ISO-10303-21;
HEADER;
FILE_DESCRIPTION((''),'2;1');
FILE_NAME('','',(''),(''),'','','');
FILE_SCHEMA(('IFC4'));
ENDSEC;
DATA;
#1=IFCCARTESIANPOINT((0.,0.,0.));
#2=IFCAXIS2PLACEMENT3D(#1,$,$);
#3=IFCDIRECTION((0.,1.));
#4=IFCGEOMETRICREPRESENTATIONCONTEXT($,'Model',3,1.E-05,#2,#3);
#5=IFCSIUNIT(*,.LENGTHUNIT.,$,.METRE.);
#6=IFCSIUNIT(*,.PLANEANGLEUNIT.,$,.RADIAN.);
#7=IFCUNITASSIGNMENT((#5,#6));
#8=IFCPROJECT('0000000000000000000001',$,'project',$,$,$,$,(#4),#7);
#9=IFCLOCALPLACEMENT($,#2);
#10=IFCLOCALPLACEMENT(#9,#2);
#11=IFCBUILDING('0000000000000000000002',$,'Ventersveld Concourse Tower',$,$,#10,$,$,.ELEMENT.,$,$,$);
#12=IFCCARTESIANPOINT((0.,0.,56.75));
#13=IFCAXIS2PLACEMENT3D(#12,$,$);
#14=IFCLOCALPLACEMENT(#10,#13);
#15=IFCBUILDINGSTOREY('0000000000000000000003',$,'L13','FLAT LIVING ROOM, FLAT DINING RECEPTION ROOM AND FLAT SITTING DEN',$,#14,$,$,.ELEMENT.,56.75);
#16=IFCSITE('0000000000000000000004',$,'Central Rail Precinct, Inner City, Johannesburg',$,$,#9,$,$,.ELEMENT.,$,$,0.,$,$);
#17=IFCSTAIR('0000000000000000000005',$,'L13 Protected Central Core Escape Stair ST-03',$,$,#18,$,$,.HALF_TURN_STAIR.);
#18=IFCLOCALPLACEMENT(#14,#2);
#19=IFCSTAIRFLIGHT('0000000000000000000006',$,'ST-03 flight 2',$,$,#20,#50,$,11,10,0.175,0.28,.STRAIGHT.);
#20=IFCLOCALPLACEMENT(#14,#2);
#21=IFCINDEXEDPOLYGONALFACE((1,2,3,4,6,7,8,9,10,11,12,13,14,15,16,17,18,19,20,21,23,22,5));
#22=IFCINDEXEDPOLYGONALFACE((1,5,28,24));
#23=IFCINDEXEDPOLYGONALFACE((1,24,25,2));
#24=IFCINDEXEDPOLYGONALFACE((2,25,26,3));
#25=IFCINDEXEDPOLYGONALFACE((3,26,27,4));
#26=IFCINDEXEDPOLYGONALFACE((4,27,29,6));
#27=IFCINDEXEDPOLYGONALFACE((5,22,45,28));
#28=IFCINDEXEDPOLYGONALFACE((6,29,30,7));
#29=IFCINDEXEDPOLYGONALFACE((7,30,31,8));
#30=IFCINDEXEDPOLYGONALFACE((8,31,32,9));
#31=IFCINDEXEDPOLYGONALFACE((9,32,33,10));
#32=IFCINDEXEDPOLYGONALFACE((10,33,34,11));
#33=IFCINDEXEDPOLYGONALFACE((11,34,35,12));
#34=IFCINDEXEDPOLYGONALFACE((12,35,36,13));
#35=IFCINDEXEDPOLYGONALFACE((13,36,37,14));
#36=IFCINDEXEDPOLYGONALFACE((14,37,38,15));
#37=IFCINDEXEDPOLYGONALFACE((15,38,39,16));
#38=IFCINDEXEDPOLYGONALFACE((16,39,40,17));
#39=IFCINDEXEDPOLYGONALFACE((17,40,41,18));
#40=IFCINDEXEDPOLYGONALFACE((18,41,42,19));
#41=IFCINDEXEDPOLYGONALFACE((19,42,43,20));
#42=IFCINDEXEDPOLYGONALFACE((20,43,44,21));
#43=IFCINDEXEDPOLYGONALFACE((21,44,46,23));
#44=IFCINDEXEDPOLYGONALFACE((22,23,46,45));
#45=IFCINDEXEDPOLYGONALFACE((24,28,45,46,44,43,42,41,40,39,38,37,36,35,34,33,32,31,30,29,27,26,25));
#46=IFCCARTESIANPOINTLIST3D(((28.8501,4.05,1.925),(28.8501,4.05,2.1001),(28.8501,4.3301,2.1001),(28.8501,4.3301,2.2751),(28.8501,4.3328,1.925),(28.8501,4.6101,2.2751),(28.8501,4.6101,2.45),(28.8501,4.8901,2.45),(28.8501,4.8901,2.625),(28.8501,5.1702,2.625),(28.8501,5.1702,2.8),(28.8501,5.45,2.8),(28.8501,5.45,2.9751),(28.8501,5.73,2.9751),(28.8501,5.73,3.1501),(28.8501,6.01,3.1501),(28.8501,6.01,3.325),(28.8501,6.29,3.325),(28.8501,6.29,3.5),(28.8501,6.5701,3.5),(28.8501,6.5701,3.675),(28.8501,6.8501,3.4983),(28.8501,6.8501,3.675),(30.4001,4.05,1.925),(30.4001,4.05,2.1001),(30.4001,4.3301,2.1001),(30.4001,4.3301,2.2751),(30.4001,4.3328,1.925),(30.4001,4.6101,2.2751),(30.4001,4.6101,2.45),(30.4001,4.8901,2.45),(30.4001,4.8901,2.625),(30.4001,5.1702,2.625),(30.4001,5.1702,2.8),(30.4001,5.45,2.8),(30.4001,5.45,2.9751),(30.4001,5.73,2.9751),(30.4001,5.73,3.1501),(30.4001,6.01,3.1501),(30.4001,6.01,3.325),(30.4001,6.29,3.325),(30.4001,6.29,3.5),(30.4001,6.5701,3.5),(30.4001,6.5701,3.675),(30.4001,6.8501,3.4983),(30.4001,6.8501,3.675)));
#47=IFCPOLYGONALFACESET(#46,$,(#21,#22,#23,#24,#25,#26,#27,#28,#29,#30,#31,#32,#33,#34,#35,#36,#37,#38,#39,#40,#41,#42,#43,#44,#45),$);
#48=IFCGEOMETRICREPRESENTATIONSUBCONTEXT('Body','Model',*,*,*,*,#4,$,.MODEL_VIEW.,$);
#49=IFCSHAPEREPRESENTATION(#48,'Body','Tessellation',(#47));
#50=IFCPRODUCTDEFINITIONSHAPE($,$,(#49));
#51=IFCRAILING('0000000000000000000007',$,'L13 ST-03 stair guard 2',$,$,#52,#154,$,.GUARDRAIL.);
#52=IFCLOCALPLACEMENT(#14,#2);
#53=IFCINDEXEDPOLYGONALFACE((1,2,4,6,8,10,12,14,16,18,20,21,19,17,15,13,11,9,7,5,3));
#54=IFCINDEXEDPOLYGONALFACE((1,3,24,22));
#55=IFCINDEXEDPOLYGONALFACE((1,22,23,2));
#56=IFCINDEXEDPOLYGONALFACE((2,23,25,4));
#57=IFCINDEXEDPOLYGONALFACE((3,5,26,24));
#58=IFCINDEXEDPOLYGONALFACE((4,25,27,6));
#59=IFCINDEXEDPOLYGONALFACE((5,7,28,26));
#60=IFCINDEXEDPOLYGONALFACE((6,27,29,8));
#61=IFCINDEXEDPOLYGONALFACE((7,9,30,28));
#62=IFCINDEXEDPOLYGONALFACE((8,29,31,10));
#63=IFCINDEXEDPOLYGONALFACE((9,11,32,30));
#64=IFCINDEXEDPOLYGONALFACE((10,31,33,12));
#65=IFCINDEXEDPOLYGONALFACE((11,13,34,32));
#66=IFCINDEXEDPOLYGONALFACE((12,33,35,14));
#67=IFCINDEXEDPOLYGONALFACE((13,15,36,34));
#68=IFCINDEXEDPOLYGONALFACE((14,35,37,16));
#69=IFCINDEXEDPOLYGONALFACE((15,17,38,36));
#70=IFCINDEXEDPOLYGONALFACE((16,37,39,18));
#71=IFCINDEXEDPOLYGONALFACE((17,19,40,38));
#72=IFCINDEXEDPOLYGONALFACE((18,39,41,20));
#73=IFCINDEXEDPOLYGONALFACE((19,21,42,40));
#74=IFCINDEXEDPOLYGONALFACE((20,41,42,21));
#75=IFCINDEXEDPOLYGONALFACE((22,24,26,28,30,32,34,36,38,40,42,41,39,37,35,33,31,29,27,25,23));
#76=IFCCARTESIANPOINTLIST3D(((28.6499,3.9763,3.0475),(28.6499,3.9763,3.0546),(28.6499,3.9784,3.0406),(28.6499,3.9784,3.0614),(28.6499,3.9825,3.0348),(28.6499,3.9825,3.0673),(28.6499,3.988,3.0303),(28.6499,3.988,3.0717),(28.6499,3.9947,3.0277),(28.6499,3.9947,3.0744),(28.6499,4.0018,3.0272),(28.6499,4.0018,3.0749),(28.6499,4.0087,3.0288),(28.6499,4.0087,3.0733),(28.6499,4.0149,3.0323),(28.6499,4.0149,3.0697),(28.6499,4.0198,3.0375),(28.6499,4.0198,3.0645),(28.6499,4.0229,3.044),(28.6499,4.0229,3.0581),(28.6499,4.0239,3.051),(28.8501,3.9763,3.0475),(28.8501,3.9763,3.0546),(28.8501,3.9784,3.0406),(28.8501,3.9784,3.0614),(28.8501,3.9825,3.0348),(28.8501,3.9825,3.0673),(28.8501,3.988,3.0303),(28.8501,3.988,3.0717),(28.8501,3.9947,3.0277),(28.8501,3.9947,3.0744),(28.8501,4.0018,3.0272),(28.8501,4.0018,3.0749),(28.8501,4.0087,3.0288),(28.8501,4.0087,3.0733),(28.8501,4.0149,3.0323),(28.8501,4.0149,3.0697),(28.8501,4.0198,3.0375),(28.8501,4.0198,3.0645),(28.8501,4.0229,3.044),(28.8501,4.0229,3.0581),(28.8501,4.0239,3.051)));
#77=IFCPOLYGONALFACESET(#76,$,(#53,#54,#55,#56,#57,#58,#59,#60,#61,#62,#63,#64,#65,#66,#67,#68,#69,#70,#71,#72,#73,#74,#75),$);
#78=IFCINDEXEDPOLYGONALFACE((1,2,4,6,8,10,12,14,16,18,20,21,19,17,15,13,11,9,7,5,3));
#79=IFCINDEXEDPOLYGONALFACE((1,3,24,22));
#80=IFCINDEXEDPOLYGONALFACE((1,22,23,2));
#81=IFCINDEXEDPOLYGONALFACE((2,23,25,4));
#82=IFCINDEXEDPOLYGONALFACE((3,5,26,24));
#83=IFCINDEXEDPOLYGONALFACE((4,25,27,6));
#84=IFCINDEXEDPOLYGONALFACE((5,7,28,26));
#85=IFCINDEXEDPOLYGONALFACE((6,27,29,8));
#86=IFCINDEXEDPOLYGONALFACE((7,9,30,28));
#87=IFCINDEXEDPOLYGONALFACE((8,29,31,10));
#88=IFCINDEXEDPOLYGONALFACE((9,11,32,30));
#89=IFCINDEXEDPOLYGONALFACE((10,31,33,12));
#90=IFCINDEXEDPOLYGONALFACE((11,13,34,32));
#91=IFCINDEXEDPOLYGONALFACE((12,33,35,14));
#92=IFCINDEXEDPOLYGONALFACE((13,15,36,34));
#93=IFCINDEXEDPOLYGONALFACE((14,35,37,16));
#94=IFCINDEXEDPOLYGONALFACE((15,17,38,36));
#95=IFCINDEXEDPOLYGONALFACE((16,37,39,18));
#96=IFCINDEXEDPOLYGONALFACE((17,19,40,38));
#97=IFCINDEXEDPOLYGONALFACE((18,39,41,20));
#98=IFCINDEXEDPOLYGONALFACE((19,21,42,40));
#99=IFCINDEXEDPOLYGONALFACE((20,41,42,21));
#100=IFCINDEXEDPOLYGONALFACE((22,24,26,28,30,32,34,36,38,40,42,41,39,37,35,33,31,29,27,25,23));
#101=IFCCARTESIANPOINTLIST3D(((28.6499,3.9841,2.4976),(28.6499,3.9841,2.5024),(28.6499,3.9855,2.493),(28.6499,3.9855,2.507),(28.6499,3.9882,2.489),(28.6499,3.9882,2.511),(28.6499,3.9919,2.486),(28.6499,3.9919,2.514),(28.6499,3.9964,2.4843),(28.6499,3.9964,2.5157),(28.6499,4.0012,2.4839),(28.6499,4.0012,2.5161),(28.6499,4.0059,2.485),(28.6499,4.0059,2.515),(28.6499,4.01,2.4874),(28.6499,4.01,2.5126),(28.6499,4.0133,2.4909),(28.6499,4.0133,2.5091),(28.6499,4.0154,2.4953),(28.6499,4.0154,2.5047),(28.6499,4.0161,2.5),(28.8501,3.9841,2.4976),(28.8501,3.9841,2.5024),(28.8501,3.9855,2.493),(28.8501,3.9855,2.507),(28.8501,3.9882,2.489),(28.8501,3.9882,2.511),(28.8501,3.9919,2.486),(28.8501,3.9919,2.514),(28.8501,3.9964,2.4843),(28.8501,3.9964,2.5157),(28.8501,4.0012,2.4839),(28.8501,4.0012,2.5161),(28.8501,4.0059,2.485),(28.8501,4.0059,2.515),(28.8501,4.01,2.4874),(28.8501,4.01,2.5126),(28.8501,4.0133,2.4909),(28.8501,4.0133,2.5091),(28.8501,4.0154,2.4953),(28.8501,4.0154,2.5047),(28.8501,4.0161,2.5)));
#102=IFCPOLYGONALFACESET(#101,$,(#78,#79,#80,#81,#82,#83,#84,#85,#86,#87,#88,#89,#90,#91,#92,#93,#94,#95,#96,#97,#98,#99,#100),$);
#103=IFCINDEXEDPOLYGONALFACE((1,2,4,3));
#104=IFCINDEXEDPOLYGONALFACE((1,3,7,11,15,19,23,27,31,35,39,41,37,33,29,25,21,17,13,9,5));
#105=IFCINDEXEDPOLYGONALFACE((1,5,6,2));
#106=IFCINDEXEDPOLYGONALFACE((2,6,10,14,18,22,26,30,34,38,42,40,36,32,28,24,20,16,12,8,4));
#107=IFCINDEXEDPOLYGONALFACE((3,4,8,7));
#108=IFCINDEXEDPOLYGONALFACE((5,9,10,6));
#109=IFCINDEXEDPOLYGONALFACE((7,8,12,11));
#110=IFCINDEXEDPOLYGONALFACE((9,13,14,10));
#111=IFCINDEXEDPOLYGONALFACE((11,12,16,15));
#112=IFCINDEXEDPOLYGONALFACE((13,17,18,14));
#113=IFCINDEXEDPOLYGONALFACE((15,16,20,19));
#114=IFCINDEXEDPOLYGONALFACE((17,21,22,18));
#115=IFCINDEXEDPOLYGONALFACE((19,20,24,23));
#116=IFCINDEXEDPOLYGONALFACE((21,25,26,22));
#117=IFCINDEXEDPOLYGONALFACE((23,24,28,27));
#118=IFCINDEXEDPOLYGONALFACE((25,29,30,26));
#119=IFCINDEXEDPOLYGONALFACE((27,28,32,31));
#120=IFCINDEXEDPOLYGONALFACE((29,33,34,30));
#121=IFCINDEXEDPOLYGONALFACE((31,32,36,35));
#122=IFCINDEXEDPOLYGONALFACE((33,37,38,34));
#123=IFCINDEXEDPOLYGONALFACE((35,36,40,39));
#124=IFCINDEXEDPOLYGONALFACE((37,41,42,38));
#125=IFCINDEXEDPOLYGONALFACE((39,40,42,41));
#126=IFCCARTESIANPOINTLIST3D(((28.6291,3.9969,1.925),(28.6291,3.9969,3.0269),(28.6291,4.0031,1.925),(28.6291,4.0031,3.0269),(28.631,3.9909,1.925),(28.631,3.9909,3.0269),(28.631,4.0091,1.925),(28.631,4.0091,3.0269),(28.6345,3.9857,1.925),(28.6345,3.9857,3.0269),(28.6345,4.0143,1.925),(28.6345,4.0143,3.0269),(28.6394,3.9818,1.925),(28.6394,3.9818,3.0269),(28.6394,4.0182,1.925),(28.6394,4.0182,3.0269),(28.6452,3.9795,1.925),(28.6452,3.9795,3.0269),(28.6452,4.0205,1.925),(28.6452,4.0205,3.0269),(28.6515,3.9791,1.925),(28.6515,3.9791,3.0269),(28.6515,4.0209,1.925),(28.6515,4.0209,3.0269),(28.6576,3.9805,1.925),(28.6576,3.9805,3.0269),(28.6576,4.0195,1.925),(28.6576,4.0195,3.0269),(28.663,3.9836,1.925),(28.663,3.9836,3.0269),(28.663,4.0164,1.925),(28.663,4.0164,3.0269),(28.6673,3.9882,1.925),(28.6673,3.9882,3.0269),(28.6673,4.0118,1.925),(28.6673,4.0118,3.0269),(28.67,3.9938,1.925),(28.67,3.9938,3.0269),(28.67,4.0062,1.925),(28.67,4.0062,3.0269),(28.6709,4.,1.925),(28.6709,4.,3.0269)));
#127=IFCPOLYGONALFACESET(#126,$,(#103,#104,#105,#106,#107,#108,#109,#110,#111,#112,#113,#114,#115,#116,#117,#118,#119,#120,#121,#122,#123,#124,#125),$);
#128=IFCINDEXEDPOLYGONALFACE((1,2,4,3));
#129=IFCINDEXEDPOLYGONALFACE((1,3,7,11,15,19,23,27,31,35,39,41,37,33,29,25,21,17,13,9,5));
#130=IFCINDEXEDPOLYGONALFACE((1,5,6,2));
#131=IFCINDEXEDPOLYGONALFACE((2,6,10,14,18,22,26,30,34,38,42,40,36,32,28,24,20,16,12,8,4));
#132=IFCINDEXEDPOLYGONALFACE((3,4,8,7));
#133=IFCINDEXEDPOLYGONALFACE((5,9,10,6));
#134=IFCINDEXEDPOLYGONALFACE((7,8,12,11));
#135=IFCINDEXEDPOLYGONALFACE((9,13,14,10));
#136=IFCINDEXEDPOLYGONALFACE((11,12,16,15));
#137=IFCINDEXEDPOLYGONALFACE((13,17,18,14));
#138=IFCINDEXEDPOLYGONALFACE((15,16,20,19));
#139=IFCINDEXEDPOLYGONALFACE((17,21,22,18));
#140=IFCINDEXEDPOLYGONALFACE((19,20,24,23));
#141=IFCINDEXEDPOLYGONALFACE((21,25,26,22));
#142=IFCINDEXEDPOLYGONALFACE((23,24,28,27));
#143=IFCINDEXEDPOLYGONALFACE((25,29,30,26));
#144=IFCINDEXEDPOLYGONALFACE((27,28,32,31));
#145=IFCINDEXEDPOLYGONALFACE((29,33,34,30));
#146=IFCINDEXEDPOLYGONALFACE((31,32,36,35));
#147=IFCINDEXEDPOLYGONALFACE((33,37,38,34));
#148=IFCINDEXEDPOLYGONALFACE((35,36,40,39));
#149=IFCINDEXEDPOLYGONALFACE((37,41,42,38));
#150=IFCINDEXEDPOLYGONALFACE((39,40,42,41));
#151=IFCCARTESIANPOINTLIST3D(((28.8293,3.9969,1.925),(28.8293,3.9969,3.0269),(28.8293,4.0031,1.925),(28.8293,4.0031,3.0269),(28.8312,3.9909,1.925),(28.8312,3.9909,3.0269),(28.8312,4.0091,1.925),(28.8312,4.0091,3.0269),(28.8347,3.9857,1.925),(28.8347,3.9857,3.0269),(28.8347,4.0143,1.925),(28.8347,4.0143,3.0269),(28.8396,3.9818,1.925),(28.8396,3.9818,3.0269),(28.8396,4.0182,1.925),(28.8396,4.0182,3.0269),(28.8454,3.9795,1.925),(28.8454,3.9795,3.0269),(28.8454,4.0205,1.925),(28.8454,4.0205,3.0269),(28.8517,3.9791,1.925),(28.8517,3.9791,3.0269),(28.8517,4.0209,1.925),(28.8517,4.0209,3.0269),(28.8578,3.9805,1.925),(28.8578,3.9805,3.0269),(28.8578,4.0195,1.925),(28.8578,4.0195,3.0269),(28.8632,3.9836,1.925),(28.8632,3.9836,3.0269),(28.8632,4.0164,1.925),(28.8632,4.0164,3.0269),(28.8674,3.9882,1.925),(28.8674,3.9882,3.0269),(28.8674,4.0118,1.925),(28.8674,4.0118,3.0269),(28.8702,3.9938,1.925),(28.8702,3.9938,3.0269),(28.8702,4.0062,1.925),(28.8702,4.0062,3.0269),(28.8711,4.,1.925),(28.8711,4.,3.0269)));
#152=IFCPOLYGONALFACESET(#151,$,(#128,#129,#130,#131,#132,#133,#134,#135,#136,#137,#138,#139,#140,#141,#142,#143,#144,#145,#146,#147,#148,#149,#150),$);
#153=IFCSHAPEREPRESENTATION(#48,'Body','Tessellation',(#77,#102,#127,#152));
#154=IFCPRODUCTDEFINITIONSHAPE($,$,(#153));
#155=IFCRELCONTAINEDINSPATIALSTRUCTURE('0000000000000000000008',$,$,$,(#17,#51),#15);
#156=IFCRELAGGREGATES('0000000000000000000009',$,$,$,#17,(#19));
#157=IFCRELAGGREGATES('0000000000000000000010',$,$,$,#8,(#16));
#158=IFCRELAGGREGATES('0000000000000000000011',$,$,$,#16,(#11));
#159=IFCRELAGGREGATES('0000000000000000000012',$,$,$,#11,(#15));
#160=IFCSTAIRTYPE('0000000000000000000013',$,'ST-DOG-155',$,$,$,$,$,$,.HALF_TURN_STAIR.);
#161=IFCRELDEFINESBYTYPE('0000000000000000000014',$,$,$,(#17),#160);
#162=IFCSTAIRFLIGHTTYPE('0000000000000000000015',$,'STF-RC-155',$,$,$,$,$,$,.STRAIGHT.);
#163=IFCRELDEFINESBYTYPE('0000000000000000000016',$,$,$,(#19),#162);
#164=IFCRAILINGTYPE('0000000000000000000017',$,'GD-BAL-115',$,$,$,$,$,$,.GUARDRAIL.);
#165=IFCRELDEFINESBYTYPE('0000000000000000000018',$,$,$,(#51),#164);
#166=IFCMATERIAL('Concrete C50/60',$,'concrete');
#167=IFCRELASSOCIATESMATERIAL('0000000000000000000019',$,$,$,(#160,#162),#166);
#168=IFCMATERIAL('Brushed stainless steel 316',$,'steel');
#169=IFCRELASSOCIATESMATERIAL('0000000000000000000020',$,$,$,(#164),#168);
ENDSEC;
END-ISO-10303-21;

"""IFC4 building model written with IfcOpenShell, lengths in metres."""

from ifc_helpers import new_model, si_unit, direction, frame, origin, origin_2d, place, context, subcontext, project, spatial, polyline, circle, outline, extrude, material, type_object, element, aggregate, save


model = new_model("IFC4")

# Units and contexts
model_context = context("Model", 3, precision=1e-05, world=origin(), true_north=direction((0.0, 1.0)))
body_context = subcontext(model_context, "Body", "Model", "MODEL_VIEW")
ifc_project = project(units=[si_unit("LENGTHUNIT", "METRE"), si_unit("PLANEANGLEUNIT", "RADIAN")], contexts=[model_context])

# Site, building, storey
site_placement = place(None, origin())
site = spatial("IfcSite", under=ifc_project, at=site_placement, Name="Central Rail Precinct, Inner City, Johannesburg", CompositionType="ELEMENT", RefElevation=0.0)
building_placement = place(site_placement, origin())
building = spatial("IfcBuilding", under=site, at=building_placement, Name="Ventersveld Concourse Tower", CompositionType="ELEMENT")
storey_placement = place(building_placement, frame((0.0, 0.0, 56.75)))
storey = spatial("IfcBuildingStorey", under=building, at=storey_placement, Name="L13", Description="FLAT LIVING ROOM, FLAT DINING RECEPTION ROOM AND FLAT SITTING DEN", CompositionType="ELEMENT", Elevation=56.75)

# Shared definitions
ifc_material_1 = material(Name="Concrete C50/60", Category="concrete")

# Stair, stair flight
stair_type = type_object("IfcStairType", Name="ST-DOG-155", PredefinedType="HALF_TURN_STAIR", material=ifc_material_1)
stair_placement = place(storey_placement, origin())
stair = element("IfcStair", 1, at=stair_placement, inside=storey, type_object=stair_type, Name="L13 Protected Central Core Escape Stair ST-03", PredefinedType="HALF_TURN_STAIR")
stair_flight_type = type_object("IfcStairFlightType", Name="STF-RC-155", PredefinedType="STRAIGHT", material=ifc_material_1)
stair_flight_placement = place(storey_placement, frame((29.625, 4.05, 1.925), z_axis=(0.0, 0.0, 1.0), x_axis=(0.0, 1.0, 0.0)))
stair_flight = element("IfcStairFlight", 2, at=stair_flight_placement, type_object=stair_flight_type, Name="ST-03 flight 2", NumberOfRisers=11, NumberOfTreads=10, PredefinedType="STRAIGHT", RiserHeight=0.175, TreadLength=0.28, context=body_context, shape_type="SweptSolid", body=[
    extrude(outline(polyline([(0.0, 0.0), (0.0, 0.175), (0.28, 0.175), (0.28, 0.3501), (0.5601, 0.3501), (0.5601, 0.5249), (0.8401, 0.5249), (0.8401, 0.7), (1.1201, 0.7), (1.1201, 0.875), (1.3999, 0.875), (1.3999, 1.05), (1.6799, 1.05), (1.6799, 1.2251), (1.96, 1.2251), (1.96, 1.3999), (2.24, 1.3999), (2.24, 1.575), (2.52, 1.575), (2.52, 1.75), (2.8, 1.75), (2.8, 1.925), (2.8, 1.5732), (0.2827, 0.0), (0.0, 0.0)])), frame((0.0, 0.7749, 0.0), z_axis=(0.0, -1.0, 0.0), x_axis=(1.0, 0.0, 0.0)), (0.0, 0.0, 1.0), 1.55),
])
aggregate(stair, [stair_flight])

# Railing
ifc_material_2 = material(Name="Brushed stainless steel 316", Category="steel")
railing_type_1 = type_object("IfcRailingType", Name="GD-BAL-115", PredefinedType="GUARDRAIL", material=ifc_material_2)
railing_1_placement = place(storey_placement, frame((28.6499, 4.0, 1.925)))
element("IfcRailing", 3, at=railing_1_placement, inside=storey, type_object=railing_type_1, Name="L13 ST-03 stair guard 2", PredefinedType="GUARDRAIL", context=body_context, shape_type="SweptSolid", body=[
    extrude(circle(Radius=0.0239, at=origin_2d()), frame((0.0, 0.0, 1.126), z_axis=(1.0, 0.0, 0.0), x_axis=(0.0, 1.0, 0.0)), (0.0, 0.0, 1.0), 0.2002),
    extrude(circle(Radius=0.0161, at=origin_2d()), frame((0.0, 0.0, 0.575), z_axis=(1.0, 0.0, 0.0), x_axis=(0.0, 1.0, 0.0)), (0.0, 0.0, 1.0), 0.2002),
    extrude(circle(Radius=0.021, at=origin_2d()), origin(), (0.0, 0.0, 1.0), 1.1018),
    extrude(circle(Radius=0.021, at=origin_2d()), frame((0.2002, 0.0, 0.0)), (0.0, 0.0, 1.0), 1.1018),
])

save(model, "model.ifc")
